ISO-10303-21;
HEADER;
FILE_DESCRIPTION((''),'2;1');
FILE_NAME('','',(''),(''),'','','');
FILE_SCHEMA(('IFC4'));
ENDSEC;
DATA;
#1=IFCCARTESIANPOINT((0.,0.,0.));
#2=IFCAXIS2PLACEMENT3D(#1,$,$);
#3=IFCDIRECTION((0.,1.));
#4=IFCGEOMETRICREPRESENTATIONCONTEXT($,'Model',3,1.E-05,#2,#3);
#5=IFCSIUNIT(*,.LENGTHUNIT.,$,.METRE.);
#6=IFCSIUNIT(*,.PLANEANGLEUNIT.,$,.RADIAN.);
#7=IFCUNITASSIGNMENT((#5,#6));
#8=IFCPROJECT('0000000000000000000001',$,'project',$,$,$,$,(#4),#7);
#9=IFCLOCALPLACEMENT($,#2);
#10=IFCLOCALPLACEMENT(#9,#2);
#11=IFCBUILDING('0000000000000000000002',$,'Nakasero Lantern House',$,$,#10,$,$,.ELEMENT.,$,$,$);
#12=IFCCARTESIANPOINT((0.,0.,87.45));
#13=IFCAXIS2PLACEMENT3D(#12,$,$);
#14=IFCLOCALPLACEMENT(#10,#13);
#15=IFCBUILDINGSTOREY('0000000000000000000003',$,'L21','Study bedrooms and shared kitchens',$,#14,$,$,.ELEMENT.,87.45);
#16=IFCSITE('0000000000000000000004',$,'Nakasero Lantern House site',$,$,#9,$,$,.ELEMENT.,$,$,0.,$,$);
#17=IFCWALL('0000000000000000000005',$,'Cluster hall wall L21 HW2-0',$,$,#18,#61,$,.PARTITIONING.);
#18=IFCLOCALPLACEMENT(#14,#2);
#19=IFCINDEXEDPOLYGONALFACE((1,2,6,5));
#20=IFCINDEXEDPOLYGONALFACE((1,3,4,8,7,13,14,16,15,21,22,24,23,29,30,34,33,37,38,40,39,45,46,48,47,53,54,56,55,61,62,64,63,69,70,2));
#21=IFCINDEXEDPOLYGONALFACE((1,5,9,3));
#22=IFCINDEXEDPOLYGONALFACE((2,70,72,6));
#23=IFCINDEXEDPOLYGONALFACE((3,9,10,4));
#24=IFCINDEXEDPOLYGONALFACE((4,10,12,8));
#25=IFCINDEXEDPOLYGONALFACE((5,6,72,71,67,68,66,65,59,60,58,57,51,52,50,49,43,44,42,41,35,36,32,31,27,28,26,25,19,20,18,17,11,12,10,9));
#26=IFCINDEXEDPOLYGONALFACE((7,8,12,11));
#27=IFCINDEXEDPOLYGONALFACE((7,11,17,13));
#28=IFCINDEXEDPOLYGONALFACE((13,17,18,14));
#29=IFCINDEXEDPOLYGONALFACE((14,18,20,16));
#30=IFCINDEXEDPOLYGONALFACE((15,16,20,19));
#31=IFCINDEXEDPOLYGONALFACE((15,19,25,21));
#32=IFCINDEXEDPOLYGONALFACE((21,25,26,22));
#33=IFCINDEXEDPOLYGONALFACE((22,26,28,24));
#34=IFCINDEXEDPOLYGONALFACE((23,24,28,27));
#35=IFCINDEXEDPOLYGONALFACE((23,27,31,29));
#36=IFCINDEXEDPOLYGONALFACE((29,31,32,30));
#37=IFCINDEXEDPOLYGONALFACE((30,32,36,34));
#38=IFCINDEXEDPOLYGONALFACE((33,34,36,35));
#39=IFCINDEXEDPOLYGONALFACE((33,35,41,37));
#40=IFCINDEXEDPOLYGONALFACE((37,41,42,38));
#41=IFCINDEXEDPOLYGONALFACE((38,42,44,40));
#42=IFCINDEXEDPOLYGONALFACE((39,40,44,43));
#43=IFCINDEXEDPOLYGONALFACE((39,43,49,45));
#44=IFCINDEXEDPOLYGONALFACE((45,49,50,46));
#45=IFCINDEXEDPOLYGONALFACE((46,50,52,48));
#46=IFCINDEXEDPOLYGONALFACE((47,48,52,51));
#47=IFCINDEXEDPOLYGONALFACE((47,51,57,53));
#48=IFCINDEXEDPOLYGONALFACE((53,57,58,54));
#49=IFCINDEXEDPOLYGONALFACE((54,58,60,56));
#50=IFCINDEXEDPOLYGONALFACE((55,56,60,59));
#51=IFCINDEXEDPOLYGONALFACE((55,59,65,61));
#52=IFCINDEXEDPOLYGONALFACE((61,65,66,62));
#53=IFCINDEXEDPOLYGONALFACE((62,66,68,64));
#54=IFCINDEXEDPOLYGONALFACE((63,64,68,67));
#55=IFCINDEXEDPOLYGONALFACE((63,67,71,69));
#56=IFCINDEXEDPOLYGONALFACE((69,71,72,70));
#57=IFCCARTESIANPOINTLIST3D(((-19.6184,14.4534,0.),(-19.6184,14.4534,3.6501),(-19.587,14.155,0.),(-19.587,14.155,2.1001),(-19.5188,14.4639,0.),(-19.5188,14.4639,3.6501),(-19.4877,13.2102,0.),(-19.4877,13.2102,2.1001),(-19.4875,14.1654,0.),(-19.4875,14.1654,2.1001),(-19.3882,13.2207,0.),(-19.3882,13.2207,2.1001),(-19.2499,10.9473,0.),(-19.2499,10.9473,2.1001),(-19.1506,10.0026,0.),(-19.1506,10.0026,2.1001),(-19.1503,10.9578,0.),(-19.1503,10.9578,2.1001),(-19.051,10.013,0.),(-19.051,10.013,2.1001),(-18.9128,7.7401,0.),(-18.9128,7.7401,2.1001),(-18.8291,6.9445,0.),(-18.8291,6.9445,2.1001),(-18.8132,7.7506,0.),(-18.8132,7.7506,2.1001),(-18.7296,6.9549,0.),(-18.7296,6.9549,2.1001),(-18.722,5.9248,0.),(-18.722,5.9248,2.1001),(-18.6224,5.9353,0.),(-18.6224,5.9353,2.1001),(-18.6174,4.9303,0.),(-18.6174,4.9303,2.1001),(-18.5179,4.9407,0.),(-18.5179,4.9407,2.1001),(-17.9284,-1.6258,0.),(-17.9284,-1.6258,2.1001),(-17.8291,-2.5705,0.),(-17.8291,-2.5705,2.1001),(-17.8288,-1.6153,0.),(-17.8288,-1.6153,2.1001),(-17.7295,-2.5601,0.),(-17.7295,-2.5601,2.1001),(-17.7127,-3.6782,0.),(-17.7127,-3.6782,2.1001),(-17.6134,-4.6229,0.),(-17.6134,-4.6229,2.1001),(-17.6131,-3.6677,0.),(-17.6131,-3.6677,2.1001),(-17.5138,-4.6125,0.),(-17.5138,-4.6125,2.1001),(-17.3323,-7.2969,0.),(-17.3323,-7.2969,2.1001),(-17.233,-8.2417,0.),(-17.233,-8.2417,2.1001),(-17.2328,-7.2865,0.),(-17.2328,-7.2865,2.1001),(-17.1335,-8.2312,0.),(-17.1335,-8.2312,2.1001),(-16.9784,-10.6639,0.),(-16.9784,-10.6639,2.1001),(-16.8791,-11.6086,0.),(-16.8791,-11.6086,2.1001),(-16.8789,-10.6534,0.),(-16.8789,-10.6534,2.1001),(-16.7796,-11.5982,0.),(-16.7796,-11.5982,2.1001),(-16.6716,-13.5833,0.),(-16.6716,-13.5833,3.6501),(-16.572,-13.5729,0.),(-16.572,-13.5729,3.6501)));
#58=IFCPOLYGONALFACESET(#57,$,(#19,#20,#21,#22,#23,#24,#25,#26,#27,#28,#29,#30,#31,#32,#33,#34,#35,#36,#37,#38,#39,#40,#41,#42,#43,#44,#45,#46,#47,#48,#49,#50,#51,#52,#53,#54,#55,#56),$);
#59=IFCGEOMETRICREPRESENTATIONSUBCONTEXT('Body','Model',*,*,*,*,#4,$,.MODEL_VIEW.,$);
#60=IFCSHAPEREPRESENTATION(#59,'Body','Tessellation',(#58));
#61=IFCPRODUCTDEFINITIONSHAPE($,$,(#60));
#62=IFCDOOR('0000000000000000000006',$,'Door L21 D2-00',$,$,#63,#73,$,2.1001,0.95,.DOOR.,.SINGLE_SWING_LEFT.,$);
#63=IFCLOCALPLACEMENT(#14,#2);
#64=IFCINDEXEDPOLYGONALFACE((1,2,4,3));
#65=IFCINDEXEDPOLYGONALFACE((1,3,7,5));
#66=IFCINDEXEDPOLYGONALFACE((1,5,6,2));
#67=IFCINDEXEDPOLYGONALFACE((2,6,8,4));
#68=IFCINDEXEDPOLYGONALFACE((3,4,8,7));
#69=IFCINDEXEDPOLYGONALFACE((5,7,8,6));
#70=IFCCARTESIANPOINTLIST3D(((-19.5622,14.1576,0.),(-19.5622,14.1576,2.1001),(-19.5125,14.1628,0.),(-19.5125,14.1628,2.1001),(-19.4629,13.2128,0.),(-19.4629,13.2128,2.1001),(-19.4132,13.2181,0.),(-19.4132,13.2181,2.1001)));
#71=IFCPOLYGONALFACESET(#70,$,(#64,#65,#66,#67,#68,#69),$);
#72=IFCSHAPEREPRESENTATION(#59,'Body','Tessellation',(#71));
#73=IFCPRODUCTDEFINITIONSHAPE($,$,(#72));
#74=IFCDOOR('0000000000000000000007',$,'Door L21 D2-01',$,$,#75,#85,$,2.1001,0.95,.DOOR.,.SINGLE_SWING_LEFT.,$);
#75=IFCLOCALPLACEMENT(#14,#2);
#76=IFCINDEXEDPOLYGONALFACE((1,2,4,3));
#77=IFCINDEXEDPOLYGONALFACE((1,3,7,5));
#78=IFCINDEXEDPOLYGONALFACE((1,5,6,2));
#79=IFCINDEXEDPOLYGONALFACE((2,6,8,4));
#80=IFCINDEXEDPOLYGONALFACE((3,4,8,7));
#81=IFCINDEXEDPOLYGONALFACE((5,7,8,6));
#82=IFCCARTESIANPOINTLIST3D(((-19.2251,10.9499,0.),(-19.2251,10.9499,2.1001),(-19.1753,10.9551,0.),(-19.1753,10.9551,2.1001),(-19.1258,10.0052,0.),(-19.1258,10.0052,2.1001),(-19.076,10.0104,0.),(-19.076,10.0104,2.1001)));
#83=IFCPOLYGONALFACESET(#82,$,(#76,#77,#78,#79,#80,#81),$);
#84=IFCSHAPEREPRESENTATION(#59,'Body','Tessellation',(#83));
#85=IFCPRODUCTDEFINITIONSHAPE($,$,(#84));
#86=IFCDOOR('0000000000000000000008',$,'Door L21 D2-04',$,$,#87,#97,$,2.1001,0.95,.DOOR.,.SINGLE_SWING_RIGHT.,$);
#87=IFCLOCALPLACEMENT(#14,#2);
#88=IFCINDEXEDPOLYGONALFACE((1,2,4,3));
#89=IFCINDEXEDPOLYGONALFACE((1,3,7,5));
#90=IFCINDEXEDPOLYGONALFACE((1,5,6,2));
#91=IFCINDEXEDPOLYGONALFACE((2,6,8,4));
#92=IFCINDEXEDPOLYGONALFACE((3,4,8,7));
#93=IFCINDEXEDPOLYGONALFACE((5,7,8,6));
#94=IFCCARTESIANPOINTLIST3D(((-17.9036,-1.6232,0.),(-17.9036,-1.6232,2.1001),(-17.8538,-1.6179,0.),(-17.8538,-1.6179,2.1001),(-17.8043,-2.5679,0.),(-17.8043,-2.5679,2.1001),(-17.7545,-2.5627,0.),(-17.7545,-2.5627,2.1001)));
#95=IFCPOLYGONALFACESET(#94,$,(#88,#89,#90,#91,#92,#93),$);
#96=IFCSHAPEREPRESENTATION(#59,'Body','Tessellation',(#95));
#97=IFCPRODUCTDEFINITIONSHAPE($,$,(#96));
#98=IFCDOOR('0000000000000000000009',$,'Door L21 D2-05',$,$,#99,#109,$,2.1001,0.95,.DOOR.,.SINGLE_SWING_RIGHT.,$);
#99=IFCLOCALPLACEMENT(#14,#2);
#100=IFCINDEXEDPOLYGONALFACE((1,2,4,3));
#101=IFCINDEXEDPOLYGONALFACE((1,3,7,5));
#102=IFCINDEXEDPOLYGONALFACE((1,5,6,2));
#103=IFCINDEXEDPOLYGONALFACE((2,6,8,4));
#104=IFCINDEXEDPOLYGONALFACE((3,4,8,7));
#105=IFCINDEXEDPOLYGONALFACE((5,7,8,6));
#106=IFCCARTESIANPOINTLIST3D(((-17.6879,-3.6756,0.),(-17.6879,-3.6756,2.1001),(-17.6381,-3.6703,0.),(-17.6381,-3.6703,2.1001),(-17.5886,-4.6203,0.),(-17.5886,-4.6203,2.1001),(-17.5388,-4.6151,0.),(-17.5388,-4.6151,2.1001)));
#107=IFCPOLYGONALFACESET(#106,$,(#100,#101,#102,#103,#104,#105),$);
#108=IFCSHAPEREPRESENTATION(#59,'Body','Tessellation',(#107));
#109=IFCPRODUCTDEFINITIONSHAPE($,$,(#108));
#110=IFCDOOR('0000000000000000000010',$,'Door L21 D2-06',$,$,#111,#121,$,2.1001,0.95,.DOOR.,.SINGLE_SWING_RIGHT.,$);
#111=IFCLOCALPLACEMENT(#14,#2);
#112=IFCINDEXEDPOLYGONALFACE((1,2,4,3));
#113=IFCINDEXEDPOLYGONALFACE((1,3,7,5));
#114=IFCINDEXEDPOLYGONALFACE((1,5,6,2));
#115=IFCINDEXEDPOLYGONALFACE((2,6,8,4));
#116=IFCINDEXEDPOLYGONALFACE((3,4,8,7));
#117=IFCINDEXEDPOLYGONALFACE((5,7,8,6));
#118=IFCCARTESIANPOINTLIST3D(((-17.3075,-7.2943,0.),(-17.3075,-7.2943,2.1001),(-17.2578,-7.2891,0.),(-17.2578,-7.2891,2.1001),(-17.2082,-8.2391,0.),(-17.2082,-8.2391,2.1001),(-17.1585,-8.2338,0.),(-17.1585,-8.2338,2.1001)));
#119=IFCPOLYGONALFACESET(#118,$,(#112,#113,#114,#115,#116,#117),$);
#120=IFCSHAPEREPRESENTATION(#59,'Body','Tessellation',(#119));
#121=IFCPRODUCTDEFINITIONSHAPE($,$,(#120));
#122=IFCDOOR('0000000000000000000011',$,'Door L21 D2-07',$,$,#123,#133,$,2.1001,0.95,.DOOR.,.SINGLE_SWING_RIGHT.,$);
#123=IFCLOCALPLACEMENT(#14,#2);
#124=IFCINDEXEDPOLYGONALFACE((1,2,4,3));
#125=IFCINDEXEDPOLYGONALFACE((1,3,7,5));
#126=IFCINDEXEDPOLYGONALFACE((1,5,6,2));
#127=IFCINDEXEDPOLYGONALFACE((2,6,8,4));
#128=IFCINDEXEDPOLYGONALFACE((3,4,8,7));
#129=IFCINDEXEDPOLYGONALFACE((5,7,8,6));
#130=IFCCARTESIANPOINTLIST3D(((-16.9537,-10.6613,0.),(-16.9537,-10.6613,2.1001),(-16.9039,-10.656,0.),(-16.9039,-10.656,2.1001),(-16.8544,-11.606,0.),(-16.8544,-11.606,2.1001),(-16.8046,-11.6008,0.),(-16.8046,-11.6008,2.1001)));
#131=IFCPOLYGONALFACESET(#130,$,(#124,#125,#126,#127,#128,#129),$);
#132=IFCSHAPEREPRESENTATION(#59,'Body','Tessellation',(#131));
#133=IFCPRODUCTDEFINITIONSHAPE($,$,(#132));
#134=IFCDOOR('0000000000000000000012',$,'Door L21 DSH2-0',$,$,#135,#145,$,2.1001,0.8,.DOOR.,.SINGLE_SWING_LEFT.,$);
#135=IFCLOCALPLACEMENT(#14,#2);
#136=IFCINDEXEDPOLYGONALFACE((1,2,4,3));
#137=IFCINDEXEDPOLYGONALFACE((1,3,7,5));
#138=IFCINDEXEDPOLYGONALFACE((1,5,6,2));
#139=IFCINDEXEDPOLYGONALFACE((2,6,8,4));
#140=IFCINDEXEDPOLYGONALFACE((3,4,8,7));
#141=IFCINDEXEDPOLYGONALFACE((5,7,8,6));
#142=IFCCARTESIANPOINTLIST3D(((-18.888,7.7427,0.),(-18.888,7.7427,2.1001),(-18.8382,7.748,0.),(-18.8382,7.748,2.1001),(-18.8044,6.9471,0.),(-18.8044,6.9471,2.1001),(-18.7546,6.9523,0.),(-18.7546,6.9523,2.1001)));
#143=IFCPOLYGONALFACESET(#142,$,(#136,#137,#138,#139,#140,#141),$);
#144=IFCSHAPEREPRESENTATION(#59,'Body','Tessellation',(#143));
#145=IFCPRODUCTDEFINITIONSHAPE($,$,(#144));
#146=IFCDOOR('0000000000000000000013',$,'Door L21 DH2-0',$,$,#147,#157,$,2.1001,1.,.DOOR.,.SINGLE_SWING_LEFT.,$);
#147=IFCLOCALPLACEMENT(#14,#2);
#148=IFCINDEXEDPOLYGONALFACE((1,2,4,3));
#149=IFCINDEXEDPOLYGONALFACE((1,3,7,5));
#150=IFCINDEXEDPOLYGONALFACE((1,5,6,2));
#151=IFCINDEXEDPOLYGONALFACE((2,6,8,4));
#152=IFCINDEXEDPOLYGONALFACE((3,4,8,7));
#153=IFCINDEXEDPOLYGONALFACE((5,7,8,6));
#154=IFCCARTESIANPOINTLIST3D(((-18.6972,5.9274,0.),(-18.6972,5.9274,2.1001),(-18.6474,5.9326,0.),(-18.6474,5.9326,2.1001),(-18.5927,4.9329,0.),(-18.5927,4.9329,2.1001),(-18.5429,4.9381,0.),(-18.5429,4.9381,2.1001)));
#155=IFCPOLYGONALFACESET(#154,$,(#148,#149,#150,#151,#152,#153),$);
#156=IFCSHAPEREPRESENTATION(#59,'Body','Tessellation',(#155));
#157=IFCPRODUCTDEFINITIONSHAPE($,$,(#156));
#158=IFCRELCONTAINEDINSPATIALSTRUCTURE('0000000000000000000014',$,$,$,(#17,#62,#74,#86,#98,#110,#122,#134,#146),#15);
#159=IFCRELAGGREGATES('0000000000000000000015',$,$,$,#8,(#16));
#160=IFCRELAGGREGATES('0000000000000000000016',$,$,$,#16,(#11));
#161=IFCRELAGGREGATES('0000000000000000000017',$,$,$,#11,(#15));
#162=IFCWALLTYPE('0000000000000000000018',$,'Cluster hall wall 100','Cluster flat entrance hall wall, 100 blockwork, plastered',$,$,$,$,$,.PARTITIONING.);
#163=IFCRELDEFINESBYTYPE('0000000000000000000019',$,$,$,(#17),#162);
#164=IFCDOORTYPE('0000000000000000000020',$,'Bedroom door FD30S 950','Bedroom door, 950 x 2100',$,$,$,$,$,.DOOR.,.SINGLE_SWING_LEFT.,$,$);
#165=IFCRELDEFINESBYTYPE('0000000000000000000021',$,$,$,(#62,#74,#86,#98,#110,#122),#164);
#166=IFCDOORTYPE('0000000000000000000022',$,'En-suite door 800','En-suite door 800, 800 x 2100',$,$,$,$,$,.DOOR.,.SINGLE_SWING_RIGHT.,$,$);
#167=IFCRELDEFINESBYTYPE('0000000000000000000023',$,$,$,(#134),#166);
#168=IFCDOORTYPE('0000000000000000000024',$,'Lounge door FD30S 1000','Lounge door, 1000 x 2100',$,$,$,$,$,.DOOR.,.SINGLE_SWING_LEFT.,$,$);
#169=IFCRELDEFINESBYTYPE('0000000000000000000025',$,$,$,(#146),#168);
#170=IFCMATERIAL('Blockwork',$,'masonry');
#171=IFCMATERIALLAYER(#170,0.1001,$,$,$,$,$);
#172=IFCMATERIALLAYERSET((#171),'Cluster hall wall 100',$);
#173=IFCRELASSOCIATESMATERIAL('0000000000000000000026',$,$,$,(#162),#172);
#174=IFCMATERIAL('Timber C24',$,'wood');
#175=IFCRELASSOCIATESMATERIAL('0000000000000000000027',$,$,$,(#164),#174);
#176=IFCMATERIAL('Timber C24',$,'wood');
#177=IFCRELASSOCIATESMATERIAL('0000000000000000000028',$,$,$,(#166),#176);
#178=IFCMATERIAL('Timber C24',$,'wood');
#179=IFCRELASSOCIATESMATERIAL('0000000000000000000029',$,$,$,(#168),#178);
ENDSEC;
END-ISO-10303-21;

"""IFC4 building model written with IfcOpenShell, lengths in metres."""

from ifc_helpers import new_model, si_unit, direction, frame, frame_2d, origin, place, context, subcontext, project, spatial, rectangle, extrude, material, layer, layer_set, type_object, element, fill, save


model = new_model("IFC4")

# Units and contexts
model_context = context("Model", 3, precision=1e-05, world=origin(), true_north=direction((0.0, 1.0)))
body_context = subcontext(model_context, "Body", "Model", "MODEL_VIEW")
ifc_project = project(units=[si_unit("LENGTHUNIT", "METRE"), si_unit("PLANEANGLEUNIT", "RADIAN")], contexts=[model_context])

# Site, building, storey
site_placement = place(None, origin())
site = spatial("IfcSite", under=ifc_project, at=site_placement, Name="Nakasero Lantern House site", CompositionType="ELEMENT", RefElevation=0.0)
building_placement = place(site_placement, origin())
building = spatial("IfcBuilding", under=site, at=building_placement, Name="Nakasero Lantern House", CompositionType="ELEMENT")
storey_placement = place(building_placement, frame((0.0, 0.0, 87.45)))
storey = spatial("IfcBuildingStorey", under=building, at=storey_placement, Name="L21", Description="Study bedrooms and shared kitchens", CompositionType="ELEMENT", Elevation=87.45)

# Wall, openings, doors
ifc_material_1 = material(Name="Blockwork", Category="masonry")
ifc_layer_1 = layer(ifc_material_1, 0.1001)
ifc_layer_set_1 = layer_set([ifc_layer_1], Name="Cluster hall wall 100")
wall_type_1 = type_object("IfcWallType", Name="Cluster hall wall 100", Description="Cluster flat entrance hall wall, 100 blockwork, plastered", PredefinedType="PARTITIONING", material=ifc_layer_set_1)
wall_1_placement = place(storey_placement, frame((-19.5686, 14.4587, 0.0), z_axis=(0.0, 0.0, 1.0), x_axis=(0.104529, -0.994522, 0.0)))
wall_1 = element("IfcWall", 1, at=wall_1_placement, inside=storey, type_object=wall_type_1, Name="Cluster hall wall L21 HW2-0", PredefinedType="PARTITIONING", context=body_context, shape_type="SweptSolid", body=[
    extrude(rectangle(XDim=28.1912, YDim=0.1001, at=frame_2d((14.0957, 0.0))), origin(), (0.0, 0.0, 1.0), 3.6501),
])
opening_1_placement = place(wall_1_placement, frame((8.5757, 0.0, 0.0)))
opening_1 = element("IfcOpeningElement", 2, at=opening_1_placement, cuts=wall_1, PredefinedType="OPENING", context=body_context, shape_type="SweptSolid", body=[
    extrude(rectangle(XDim=1.0, YDim=2.1001, at=frame_2d((0.5, 1.05))), frame((0.0, 0.0701, 0.0), z_axis=(0.0, -1.0, 0.0), x_axis=(1.0, 0.0, 0.0)), (0.0, 0.0, 1.0), 0.1401),
])
opening_2_placement = place(wall_1_placement, frame((6.7505, 0.0, 0.0)))
opening_2 = element("IfcOpeningElement", 3, at=opening_2_placement, cuts=wall_1, PredefinedType="OPENING", context=body_context, shape_type="SweptSolid", body=[
    extrude(rectangle(XDim=0.8, YDim=2.1001, at=frame_2d((0.3999, 1.05))), frame((0.0, 0.0701, 0.0), z_axis=(0.0, -1.0, 0.0), x_axis=(1.0, 0.0, 0.0)), (0.0, 0.0, 1.0), 0.1401),
])
opening_3_placement = place(wall_1_placement, frame((0.3, 0.0, 0.0)))
opening_3 = element("IfcOpeningElement", 4, at=opening_3_placement, cuts=wall_1, PredefinedType="OPENING", context=body_context, shape_type="SweptSolid", body=[
    extrude(rectangle(XDim=0.95, YDim=2.1001, at=frame_2d((0.4751, 1.05))), frame((0.0, 0.0701, 0.0), z_axis=(0.0, -1.0, 0.0), x_axis=(1.0, 0.0, 0.0)), (0.0, 0.0, 1.0), 0.1401),
])
opening_4_placement = place(wall_1_placement, frame((3.5254, 0.0, 0.0)))
opening_4 = element("IfcOpeningElement", 5, at=opening_4_placement, cuts=wall_1, PredefinedType="OPENING", context=body_context, shape_type="SweptSolid", body=[
    extrude(rectangle(XDim=0.95, YDim=2.1001, at=frame_2d((0.4751, 1.05))), frame((0.0, 0.0701, 0.0), z_axis=(0.0, -1.0, 0.0), x_axis=(1.0, 0.0, 0.0)), (0.0, 0.0, 1.0), 0.1401),
])
opening_5_placement = place(wall_1_placement, frame((16.1677, 0.0, 0.0)))
opening_5 = element("IfcOpeningElement", 6, at=opening_5_placement, cuts=wall_1, PredefinedType="OPENING", context=body_context, shape_type="SweptSolid", body=[
    extrude(rectangle(XDim=0.95, YDim=2.1001, at=frame_2d((0.4751, 1.05))), frame((0.0, 0.0701, 0.0), z_axis=(0.0, -1.0, 0.0), x_axis=(1.0, 0.0, 0.0)), (0.0, 0.0, 1.0), 0.1401),
])
opening_6_placement = place(wall_1_placement, frame((18.2314, 0.0, 0.0)))
opening_6 = element("IfcOpeningElement", 7, at=opening_6_placement, cuts=wall_1, PredefinedType="OPENING", context=body_context, shape_type="SweptSolid", body=[
    extrude(rectangle(XDim=0.95, YDim=2.1001, at=frame_2d((0.4751, 1.05))), frame((0.0, 0.0701, 0.0), z_axis=(0.0, -1.0, 0.0), x_axis=(1.0, 0.0, 0.0)), (0.0, 0.0, 1.0), 0.1401),
])
opening_7_placement = place(wall_1_placement, frame((21.8701, 0.0, 0.0)))
opening_7 = element("IfcOpeningElement", 8, at=opening_7_placement, cuts=wall_1, PredefinedType="OPENING", context=body_context, shape_type="SweptSolid", body=[
    extrude(rectangle(XDim=0.95, YDim=2.1001, at=frame_2d((0.4751, 1.05))), frame((0.0, 0.0701, 0.0), z_axis=(0.0, -1.0, 0.0), x_axis=(1.0, 0.0, 0.0)), (0.0, 0.0, 1.0), 0.1401),
])
opening_8_placement = place(wall_1_placement, frame((25.2556, 0.0, 0.0)))
opening_8 = element("IfcOpeningElement", 9, at=opening_8_placement, cuts=wall_1, PredefinedType="OPENING", context=body_context, shape_type="SweptSolid", body=[
    extrude(rectangle(XDim=0.95, YDim=2.1001, at=frame_2d((0.4751, 1.05))), frame((0.0, 0.0701, 0.0), z_axis=(0.0, -1.0, 0.0), x_axis=(1.0, 0.0, 0.0)), (0.0, 0.0, 1.0), 0.1401),
])
ifc_material_2 = material(Name="Timber C24", Category="wood")
door_type_1 = type_object("IfcDoorType", Name="Bedroom door FD30S 950", Description="Bedroom door, 950 x 2100", OperationType="SINGLE_SWING_LEFT", PredefinedType="DOOR", material=ifc_material_2)
door_1_placement = place(opening_3_placement, origin())
door_1 = element("IfcDoor", 10, at=door_1_placement, inside=storey, type_object=door_type_1, Name="Door L21 D2-00", OperationType="SINGLE_SWING_LEFT", OverallHeight=2.1001, OverallWidth=0.95, PredefinedType="DOOR", context=body_context, shape_type="SweptSolid", body=[
    extrude(rectangle(XDim=0.95, YDim=2.1001, at=frame_2d((0.4751, 1.05))), frame((0.0, 0.0249, 0.0), z_axis=(0.0, -1.0, 0.0), x_axis=(1.0, 0.0, 0.0)), (0.0, 0.0, 1.0), 0.05),
])
fill(opening_3, door_1)
door_2_placement = place(opening_4_placement, origin())
door_2 = element("IfcDoor", 11, at=door_2_placement, inside=storey, type_object=door_type_1, Name="Door L21 D2-01", OperationType="SINGLE_SWING_LEFT", OverallHeight=2.1001, OverallWidth=0.95, PredefinedType="DOOR", context=body_context, shape_type="SweptSolid", body=[
    extrude(rectangle(XDim=0.95, YDim=2.1001, at=frame_2d((0.4751, 1.05))), frame((0.0, 0.0249, 0.0), z_axis=(0.0, -1.0, 0.0), x_axis=(1.0, 0.0, 0.0)), (0.0, 0.0, 1.0), 0.05),
])
fill(opening_4, door_2)
door_3_placement = place(opening_5_placement, origin())
door_3 = element("IfcDoor", 12, at=door_3_placement, inside=storey, type_object=door_type_1, Name="Door L21 D2-04", OperationType="SINGLE_SWING_RIGHT", OverallHeight=2.1001, OverallWidth=0.95, PredefinedType="DOOR", context=body_context, shape_type="SweptSolid", body=[
    extrude(rectangle(XDim=0.95, YDim=2.1001, at=frame_2d((0.4751, 1.05))), frame((0.0, 0.0249, 0.0), z_axis=(0.0, -1.0, 0.0), x_axis=(1.0, 0.0, 0.0)), (0.0, 0.0, 1.0), 0.05),
])
fill(opening_5, door_3)
door_4_placement = place(opening_6_placement, origin())
door_4 = element("IfcDoor", 13, at=door_4_placement, inside=storey, type_object=door_type_1, Name="Door L21 D2-05", OperationType="SINGLE_SWING_RIGHT", OverallHeight=2.1001, OverallWidth=0.95, PredefinedType="DOOR", context=body_context, shape_type="SweptSolid", body=[
    extrude(rectangle(XDim=0.95, YDim=2.1001, at=frame_2d((0.4751, 1.05))), frame((0.0, 0.0249, 0.0), z_axis=(0.0, -1.0, 0.0), x_axis=(1.0, 0.0, 0.0)), (0.0, 0.0, 1.0), 0.05),
])
fill(opening_6, door_4)
door_5_placement = place(opening_7_placement, origin())
door_5 = element("IfcDoor", 14, at=door_5_placement, inside=storey, type_object=door_type_1, Name="Door L21 D2-06", OperationType="SINGLE_SWING_RIGHT", OverallHeight=2.1001, OverallWidth=0.95, PredefinedType="DOOR", context=body_context, shape_type="SweptSolid", body=[
    extrude(rectangle(XDim=0.95, YDim=2.1001, at=frame_2d((0.4751, 1.05))), frame((0.0, 0.0249, 0.0), z_axis=(0.0, -1.0, 0.0), x_axis=(1.0, 0.0, 0.0)), (0.0, 0.0, 1.0), 0.05),
])
fill(opening_7, door_5)
door_6_placement = place(opening_8_placement, origin())
door_6 = element("IfcDoor", 15, at=door_6_placement, inside=storey, type_object=door_type_1, Name="Door L21 D2-07", OperationType="SINGLE_SWING_RIGHT", OverallHeight=2.1001, OverallWidth=0.95, PredefinedType="DOOR", context=body_context, shape_type="SweptSolid", body=[
    extrude(rectangle(XDim=0.95, YDim=2.1001, at=frame_2d((0.4751, 1.05))), frame((0.0, 0.0249, 0.0), z_axis=(0.0, -1.0, 0.0), x_axis=(1.0, 0.0, 0.0)), (0.0, 0.0, 1.0), 0.05),
])
fill(opening_8, door_6)
ifc_material_3 = material(Name="Timber C24", Category="wood")
door_type_2 = type_object("IfcDoorType", Name="En-suite door 800", Description="En-suite door 800, 800 x 2100", OperationType="SINGLE_SWING_RIGHT", PredefinedType="DOOR", material=ifc_material_3)
door_7_placement = place(opening_2_placement, origin())
door_7 = element("IfcDoor", 16, at=door_7_placement, inside=storey, type_object=door_type_2, Name="Door L21 DSH2-0", OperationType="SINGLE_SWING_LEFT", OverallHeight=2.1001, OverallWidth=0.8, PredefinedType="DOOR", context=body_context, shape_type="SweptSolid", body=[
    extrude(rectangle(XDim=0.8, YDim=2.1001, at=frame_2d((0.3999, 1.05))), frame((0.0, 0.0249, 0.0), z_axis=(0.0, -1.0, 0.0), x_axis=(1.0, 0.0, 0.0)), (0.0, 0.0, 1.0), 0.05),
])
fill(opening_2, door_7)
ifc_material_4 = material(Name="Timber C24", Category="wood")
door_type_3 = type_object("IfcDoorType", Name="Lounge door FD30S 1000", Description="Lounge door, 1000 x 2100", OperationType="SINGLE_SWING_LEFT", PredefinedType="DOOR", material=ifc_material_4)
door_8_placement = place(opening_1_placement, origin())
door_8 = element("IfcDoor", 17, at=door_8_placement, inside=storey, type_object=door_type_3, Name="Door L21 DH2-0", OperationType="SINGLE_SWING_LEFT", OverallHeight=2.1001, OverallWidth=1.0, PredefinedType="DOOR", context=body_context, shape_type="SweptSolid", body=[
    extrude(rectangle(XDim=1.0, YDim=2.1001, at=frame_2d((0.5, 1.05))), frame((0.0, 0.0249, 0.0), z_axis=(0.0, -1.0, 0.0), x_axis=(1.0, 0.0, 0.0)), (0.0, 0.0, 1.0), 0.05),
])
fill(opening_1, door_8)

save(model, "model.ifc")
